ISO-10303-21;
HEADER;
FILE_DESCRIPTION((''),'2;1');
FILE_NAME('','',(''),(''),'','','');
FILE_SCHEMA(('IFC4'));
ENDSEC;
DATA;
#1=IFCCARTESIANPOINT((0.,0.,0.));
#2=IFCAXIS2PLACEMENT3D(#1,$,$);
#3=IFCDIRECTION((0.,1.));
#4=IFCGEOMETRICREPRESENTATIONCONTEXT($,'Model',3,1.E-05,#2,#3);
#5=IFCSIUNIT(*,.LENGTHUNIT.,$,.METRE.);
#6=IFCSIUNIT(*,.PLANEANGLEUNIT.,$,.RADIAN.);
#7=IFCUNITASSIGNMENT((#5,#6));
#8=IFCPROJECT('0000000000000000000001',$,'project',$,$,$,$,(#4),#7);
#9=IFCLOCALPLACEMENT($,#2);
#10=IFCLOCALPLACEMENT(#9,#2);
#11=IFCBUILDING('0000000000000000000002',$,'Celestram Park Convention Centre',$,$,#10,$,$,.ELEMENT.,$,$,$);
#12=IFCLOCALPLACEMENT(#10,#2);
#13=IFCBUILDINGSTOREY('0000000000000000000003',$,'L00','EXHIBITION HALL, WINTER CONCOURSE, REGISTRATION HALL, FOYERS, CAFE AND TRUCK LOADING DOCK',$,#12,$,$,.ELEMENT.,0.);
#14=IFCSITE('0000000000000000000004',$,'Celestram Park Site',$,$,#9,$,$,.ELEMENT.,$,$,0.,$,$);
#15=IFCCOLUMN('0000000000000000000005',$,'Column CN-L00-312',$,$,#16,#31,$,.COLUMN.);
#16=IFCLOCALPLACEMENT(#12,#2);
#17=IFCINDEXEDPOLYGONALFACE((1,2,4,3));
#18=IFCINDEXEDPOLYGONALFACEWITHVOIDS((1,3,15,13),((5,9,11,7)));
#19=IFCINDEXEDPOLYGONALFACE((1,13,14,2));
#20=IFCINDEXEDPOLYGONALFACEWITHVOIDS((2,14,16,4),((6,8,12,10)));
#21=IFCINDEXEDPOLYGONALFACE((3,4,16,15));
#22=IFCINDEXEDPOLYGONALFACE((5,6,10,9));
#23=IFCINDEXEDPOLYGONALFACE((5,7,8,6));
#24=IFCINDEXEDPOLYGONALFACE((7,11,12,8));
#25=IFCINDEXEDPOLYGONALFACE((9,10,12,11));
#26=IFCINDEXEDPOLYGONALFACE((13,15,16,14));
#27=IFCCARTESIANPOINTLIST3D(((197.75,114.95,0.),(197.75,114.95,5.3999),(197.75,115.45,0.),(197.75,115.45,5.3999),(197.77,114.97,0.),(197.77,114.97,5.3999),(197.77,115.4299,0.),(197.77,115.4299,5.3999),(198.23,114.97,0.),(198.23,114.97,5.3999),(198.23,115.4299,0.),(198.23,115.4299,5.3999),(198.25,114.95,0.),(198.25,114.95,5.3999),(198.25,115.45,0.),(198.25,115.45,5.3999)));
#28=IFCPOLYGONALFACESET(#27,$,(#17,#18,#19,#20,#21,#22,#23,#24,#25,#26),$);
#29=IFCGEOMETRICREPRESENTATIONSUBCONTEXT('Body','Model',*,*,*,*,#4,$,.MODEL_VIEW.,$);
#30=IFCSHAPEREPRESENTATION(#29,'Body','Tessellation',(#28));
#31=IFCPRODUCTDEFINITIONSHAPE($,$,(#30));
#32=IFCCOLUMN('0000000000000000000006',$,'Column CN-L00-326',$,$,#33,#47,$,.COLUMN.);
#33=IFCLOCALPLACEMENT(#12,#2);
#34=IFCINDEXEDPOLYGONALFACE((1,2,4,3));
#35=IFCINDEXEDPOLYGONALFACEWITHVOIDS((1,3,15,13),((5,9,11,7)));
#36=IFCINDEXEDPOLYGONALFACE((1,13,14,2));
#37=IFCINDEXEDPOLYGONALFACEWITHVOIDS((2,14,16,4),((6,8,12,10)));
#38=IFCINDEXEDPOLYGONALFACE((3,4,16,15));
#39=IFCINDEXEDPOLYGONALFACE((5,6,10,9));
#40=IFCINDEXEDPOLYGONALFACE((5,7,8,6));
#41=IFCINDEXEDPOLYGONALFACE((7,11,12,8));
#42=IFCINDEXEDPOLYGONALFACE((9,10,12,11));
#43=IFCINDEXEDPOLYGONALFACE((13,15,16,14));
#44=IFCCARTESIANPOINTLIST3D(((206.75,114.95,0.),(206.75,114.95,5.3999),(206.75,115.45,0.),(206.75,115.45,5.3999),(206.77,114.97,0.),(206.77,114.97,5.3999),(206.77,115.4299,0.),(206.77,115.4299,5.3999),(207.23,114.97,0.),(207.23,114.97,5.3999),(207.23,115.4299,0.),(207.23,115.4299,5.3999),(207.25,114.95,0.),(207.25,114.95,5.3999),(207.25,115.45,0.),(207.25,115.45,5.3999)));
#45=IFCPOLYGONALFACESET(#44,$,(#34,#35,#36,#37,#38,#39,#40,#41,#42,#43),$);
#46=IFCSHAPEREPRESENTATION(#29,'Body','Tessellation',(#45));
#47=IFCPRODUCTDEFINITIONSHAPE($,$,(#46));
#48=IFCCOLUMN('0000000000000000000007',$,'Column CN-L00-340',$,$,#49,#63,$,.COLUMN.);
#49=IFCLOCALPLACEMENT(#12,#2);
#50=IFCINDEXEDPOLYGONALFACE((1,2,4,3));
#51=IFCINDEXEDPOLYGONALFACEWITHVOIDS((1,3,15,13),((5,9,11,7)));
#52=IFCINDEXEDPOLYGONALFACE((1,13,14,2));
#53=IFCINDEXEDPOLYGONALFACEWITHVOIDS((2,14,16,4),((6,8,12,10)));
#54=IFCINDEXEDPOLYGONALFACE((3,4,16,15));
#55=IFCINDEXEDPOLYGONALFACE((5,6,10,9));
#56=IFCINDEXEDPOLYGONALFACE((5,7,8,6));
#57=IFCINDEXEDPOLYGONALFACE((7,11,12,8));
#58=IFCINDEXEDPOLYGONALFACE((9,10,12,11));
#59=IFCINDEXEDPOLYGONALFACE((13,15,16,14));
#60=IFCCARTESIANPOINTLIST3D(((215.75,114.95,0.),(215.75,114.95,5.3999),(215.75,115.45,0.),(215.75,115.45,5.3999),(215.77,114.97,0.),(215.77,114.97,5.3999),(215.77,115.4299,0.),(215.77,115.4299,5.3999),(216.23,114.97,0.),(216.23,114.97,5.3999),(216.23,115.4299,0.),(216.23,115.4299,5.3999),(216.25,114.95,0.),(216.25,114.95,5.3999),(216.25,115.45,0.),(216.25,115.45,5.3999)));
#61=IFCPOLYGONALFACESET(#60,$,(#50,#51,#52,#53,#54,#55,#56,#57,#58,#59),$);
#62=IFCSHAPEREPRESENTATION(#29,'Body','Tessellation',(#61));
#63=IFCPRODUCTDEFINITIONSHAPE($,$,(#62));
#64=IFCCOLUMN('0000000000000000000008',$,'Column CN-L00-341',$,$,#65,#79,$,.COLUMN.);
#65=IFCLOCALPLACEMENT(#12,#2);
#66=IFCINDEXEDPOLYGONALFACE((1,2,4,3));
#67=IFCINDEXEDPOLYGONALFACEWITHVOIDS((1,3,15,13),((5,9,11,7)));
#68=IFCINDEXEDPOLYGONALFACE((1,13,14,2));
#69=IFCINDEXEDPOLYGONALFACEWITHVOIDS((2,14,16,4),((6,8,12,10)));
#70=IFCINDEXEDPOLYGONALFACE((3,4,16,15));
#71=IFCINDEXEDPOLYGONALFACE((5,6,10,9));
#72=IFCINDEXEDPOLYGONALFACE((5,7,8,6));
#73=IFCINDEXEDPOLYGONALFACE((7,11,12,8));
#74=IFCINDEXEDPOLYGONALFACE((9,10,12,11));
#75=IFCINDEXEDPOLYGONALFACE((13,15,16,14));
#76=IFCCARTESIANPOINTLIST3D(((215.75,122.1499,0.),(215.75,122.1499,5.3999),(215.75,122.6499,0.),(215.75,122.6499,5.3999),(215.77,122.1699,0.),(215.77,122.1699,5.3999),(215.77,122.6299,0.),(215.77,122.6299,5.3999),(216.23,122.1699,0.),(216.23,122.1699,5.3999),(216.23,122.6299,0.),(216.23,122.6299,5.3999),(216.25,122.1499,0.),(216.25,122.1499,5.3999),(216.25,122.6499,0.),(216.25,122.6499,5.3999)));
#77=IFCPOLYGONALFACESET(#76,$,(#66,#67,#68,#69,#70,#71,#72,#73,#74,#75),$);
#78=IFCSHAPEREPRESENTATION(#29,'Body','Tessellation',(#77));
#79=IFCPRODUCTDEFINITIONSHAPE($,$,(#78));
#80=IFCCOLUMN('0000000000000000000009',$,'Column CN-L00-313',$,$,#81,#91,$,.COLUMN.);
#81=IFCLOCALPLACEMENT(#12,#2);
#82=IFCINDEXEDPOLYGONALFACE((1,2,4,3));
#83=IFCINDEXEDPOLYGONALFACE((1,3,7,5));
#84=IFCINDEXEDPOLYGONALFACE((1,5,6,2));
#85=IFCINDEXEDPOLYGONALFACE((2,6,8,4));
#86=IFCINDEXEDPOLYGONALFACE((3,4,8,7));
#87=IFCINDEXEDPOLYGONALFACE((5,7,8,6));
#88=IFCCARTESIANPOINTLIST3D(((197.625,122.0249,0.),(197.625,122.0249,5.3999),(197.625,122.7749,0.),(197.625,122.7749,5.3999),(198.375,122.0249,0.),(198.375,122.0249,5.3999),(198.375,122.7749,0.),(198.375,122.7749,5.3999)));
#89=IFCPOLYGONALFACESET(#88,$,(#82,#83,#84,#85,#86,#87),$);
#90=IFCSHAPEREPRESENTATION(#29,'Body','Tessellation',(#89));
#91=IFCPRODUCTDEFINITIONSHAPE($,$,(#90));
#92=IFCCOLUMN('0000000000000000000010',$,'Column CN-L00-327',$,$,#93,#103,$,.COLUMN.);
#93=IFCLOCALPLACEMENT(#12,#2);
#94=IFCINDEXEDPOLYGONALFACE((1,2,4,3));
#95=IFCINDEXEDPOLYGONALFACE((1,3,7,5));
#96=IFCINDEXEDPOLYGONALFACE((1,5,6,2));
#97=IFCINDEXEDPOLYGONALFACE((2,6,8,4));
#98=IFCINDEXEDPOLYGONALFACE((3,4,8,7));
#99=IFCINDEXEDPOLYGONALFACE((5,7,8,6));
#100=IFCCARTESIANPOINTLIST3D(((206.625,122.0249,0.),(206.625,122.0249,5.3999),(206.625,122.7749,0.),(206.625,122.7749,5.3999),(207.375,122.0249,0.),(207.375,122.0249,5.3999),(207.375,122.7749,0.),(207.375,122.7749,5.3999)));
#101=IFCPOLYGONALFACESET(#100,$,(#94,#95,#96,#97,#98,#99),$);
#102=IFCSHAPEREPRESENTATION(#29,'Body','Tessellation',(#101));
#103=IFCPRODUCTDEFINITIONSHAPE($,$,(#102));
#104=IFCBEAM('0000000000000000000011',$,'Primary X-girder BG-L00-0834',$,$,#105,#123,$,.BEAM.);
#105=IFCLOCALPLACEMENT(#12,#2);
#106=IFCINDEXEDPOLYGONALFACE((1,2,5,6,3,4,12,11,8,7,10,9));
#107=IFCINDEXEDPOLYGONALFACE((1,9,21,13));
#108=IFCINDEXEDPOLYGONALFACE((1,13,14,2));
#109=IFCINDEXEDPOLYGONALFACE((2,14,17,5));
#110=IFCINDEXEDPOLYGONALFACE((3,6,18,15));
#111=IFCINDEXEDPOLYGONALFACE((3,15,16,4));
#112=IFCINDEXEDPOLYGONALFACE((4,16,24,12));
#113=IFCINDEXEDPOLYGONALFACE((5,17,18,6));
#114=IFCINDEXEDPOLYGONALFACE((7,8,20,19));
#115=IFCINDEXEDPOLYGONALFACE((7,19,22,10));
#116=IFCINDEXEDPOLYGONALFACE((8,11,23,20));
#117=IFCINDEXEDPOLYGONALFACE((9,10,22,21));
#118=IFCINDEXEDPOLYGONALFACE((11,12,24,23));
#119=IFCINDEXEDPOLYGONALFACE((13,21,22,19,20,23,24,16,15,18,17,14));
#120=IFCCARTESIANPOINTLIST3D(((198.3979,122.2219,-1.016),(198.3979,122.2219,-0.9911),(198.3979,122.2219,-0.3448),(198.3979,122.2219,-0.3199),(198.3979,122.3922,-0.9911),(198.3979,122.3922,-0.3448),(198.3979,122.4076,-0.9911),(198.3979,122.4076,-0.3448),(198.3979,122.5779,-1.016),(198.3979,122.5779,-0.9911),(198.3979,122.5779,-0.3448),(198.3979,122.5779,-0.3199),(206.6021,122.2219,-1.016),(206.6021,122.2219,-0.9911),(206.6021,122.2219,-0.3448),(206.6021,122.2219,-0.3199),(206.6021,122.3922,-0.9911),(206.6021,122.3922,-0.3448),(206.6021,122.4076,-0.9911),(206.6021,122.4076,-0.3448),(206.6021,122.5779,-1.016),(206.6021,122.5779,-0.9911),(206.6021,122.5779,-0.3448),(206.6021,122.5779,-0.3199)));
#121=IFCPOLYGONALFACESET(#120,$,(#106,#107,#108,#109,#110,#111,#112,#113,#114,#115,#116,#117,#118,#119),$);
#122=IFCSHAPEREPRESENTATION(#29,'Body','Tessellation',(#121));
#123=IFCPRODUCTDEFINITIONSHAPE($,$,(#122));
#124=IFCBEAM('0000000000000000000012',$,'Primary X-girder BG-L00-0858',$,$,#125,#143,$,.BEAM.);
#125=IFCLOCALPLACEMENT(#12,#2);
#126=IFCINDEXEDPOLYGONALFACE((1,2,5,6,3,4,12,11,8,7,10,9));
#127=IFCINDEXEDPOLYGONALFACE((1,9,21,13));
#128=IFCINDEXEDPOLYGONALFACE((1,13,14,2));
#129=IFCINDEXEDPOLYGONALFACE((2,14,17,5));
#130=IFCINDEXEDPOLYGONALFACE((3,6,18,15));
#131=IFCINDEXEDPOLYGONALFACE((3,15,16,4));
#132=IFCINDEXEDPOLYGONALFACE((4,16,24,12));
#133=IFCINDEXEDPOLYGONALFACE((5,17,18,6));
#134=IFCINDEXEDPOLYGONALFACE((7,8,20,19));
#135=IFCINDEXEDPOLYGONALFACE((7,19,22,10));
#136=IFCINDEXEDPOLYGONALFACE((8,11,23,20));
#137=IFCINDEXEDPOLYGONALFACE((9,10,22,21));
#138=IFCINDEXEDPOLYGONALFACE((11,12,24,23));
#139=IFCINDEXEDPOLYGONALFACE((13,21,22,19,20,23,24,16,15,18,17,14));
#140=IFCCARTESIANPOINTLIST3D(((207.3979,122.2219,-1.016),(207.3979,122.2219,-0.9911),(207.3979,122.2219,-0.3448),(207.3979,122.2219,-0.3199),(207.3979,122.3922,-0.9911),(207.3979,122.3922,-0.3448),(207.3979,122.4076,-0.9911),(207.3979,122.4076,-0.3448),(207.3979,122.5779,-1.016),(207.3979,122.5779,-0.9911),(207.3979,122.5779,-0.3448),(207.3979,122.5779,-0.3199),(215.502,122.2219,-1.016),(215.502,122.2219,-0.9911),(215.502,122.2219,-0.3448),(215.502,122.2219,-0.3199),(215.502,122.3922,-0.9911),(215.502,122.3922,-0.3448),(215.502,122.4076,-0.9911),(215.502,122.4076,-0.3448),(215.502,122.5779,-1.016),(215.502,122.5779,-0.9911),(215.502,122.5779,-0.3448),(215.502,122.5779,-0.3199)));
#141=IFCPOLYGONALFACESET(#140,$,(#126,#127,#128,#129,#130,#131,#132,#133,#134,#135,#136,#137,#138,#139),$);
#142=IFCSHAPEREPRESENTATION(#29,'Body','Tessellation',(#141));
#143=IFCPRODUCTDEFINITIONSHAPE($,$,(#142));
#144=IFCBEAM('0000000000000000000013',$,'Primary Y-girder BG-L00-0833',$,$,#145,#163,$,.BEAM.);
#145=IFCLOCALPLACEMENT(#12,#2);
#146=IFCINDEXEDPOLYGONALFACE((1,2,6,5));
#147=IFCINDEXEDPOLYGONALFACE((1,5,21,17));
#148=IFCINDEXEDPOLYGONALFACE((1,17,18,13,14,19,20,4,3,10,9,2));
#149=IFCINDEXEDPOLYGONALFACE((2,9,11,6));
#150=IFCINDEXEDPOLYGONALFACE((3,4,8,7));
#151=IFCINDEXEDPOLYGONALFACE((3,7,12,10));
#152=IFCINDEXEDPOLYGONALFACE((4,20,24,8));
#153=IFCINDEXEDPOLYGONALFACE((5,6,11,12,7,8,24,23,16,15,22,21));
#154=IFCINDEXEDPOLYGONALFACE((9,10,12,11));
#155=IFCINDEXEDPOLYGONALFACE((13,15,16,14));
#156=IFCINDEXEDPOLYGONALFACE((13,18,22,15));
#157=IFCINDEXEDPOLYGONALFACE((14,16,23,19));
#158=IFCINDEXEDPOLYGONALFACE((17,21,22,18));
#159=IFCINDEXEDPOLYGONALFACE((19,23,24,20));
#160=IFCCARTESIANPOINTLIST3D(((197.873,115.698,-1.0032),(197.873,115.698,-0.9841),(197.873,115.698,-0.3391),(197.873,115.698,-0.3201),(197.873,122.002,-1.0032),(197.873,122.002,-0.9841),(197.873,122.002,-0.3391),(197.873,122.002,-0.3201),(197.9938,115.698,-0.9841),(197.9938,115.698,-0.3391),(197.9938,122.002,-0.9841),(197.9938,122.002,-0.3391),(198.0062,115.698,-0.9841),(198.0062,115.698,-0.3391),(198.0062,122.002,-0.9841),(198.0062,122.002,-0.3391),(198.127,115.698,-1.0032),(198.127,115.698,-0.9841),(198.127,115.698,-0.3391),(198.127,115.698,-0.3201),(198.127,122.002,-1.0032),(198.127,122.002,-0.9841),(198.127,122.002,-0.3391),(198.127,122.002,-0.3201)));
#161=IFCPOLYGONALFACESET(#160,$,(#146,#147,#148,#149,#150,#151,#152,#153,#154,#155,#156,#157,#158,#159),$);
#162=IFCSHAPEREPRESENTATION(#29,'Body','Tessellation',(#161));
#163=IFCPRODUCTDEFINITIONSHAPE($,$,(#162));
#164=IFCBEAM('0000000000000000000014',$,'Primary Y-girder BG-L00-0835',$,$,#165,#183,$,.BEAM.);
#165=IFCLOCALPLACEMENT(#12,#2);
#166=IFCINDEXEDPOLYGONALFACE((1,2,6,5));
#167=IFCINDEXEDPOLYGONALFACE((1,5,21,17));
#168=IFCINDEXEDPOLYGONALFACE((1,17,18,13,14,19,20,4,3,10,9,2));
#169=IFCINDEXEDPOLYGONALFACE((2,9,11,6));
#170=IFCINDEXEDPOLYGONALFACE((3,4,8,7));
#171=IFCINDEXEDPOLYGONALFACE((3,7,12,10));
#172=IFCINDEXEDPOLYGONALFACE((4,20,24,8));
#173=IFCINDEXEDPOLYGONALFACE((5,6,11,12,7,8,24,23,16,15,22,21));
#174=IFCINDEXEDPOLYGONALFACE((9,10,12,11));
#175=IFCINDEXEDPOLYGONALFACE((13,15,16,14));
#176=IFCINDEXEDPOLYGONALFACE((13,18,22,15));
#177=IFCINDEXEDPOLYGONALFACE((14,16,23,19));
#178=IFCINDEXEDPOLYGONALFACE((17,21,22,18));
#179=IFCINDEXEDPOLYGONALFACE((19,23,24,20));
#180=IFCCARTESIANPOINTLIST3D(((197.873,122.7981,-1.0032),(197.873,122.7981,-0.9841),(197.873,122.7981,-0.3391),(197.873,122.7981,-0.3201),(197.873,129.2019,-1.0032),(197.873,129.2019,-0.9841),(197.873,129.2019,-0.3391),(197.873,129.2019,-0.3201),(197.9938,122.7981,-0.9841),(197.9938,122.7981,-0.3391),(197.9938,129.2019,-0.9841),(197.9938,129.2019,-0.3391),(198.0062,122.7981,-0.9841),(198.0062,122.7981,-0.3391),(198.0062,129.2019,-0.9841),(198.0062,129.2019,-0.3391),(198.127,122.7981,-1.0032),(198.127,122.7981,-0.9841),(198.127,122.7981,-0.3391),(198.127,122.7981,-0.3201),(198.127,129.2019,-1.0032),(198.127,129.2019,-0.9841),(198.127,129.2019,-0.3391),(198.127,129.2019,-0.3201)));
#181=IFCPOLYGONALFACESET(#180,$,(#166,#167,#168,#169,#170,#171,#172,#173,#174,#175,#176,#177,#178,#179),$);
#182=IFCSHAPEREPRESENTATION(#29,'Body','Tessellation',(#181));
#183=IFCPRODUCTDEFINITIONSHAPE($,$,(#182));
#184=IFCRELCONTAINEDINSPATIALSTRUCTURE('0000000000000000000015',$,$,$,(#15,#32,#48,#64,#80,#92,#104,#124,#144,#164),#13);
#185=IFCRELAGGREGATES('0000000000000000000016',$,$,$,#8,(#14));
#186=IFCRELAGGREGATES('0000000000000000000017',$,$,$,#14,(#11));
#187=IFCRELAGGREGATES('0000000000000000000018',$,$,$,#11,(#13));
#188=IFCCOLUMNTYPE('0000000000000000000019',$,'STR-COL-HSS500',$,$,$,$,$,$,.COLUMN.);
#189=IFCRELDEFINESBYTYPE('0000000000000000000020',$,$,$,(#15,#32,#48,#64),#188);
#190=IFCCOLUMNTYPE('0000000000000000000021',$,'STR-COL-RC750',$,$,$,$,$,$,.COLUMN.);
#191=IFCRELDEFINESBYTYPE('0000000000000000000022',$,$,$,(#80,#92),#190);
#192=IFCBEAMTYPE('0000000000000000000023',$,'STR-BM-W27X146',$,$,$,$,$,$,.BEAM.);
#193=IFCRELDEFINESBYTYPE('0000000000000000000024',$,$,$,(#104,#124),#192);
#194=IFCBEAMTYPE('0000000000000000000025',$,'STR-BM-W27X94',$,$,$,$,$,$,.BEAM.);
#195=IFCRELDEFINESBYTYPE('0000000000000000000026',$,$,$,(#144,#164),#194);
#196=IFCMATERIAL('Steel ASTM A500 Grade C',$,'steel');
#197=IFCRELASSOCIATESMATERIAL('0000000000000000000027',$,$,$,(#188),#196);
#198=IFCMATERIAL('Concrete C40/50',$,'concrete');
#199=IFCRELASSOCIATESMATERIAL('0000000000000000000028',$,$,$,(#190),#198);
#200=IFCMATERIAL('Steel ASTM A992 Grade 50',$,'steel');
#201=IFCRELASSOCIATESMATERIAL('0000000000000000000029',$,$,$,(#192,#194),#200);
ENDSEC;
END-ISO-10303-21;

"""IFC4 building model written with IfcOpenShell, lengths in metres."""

from ifc_helpers import new_model, si_unit, direction, frame, origin, origin_2d, place, context, subcontext, project, spatial, rectangle, hollow_rectangle, i_section, extrude, material, material_profile, profile_set, type_object, element, save


model = new_model("IFC4")

# Units and contexts
model_context = context("Model", 3, precision=1e-05, world=origin(), true_north=direction((0.0, 1.0)))
body_context = subcontext(model_context, "Body", "Model", "MODEL_VIEW")
ifc_project = project(units=[si_unit("LENGTHUNIT", "METRE"), si_unit("PLANEANGLEUNIT", "RADIAN")], contexts=[model_context])

# Site, building, storey
site_placement = place(None, origin())
site = spatial("IfcSite", under=ifc_project, at=site_placement, Name="Celestram Park Site", CompositionType="ELEMENT", RefElevation=0.0)
building_placement = place(site_placement, origin())
building = spatial("IfcBuilding", under=site, at=building_placement, Name="Celestram Park Convention Centre", CompositionType="ELEMENT")
storey_placement = place(building_placement, origin())
storey = spatial("IfcBuildingStorey", under=building, at=storey_placement, Name="L00", Description="EXHIBITION HALL, WINTER CONCOURSE, REGISTRATION HALL, FOYERS, CAFE AND TRUCK LOADING DOCK", CompositionType="ELEMENT", Elevation=0.0)

# Columns
ifc_material_1 = material(Name="Steel ASTM A500 Grade C", Category="steel")
ifc_material_profile_1 = material_profile(ifc_material_1, hollow_rectangle(XDim=0.5, YDim=0.5, WallThickness=0.02, at=origin_2d()), Name="HSS500X500X20")
ifc_profile_set_1 = profile_set([ifc_material_profile_1], Name="Steel ASTM A500 Grade C")
column_type_1 = type_object("IfcColumnType", Name="STR-COL-HSS500", PredefinedType="COLUMN", material=ifc_profile_set_1)
for number, where, z_axis, x_axis, name in (
    (1, (198.0, 115.2, 0.0), (0.0, 0.0, 1.0), (1.0, 0.0, 0.0), "Column CN-L00-312"),
    (2, (207.0, 115.2, 0.0), (0.0, 0.0, 1.0), (1.0, 0.0, 0.0), "Column CN-L00-326"),
    (3, (216.0, 115.2, 0.0), (0.0, 0.0, 1.0), (1.0, 0.0, 0.0), "Column CN-L00-340"),
    (4, (216.0, 122.3999, 0.0), (0.0, 0.0, 1.0), (1.0, 0.0, 0.0), "Column CN-L00-341"),
):
    element("IfcColumn", number, at=place(storey_placement, frame(where, z_axis=z_axis, x_axis=x_axis)), inside=storey, type_object=column_type_1, Name=name, PredefinedType="COLUMN", context=body_context, shape_type="SweptSolid", body=[
        extrude(hollow_rectangle(XDim=0.5, YDim=0.5, WallThickness=0.02, at=origin_2d()), origin(), (0.0, 0.0, 1.0), 5.3999),
    ])
ifc_material_2 = material(Name="Concrete C40/50", Category="concrete")
ifc_material_profile_2 = material_profile(ifc_material_2, rectangle(XDim=0.75, YDim=0.75, at=origin_2d()), Name="RC750X750")
ifc_profile_set_2 = profile_set([ifc_material_profile_2], Name="Concrete C40/50")
column_type_2 = type_object("IfcColumnType", Name="STR-COL-RC750", PredefinedType="COLUMN", material=ifc_profile_set_2)
for number, where, z_axis, x_axis, name in (
    (5, (198.0, 122.3999, 0.0), (0.0, 0.0, 1.0), (1.0, 0.0, 0.0), "Column CN-L00-313"),
    (6, (207.0, 122.3999, 0.0), (0.0, 0.0, 1.0), (1.0, 0.0, 0.0), "Column CN-L00-327"),
):
    element("IfcColumn", number, at=place(storey_placement, frame(where, z_axis=z_axis, x_axis=x_axis)), inside=storey, type_object=column_type_2, Name=name, PredefinedType="COLUMN", context=body_context, shape_type="SweptSolid", body=[
        extrude(rectangle(XDim=0.75, YDim=0.75, at=origin_2d()), origin(), (0.0, 0.0, 1.0), 5.3999),
    ])

# Beams
ifc_material_3 = material(Name="Steel ASTM A992 Grade 50", Category="steel")
ifc_material_profile_3 = material_profile(ifc_material_3, i_section(OverallWidth=0.356, OverallDepth=0.696, WebThickness=0.0154, FlangeThickness=0.0249, at=origin_2d()), Name="W27X146")
ifc_profile_set_3 = profile_set([ifc_material_profile_3], Name="Steel ASTM A992 Grade 50")
beam_type_1 = type_object("IfcBeamType", Name="STR-BM-W27X146", PredefinedType="BEAM", material=ifc_profile_set_3)
beam_1_placement = place(storey_placement, frame((198.3979, 122.3999, -0.668), z_axis=(1.0, 0.0, 0.0), x_axis=(0.0, 1.0, 0.0)))
element("IfcBeam", 7, at=beam_1_placement, inside=storey, type_object=beam_type_1, Name="Primary X-girder BG-L00-0834", PredefinedType="BEAM", context=body_context, shape_type="SweptSolid", body=[
    extrude(i_section(OverallWidth=0.356, OverallDepth=0.696, WebThickness=0.0154, FlangeThickness=0.0249, at=origin_2d()), origin(), (0.0, 0.0, 1.0), 8.2041),
])
beam_2_placement = place(storey_placement, frame((207.3979, 122.3999, -0.668), z_axis=(1.0, 0.0, 0.0), x_axis=(0.0, 1.0, 0.0)))
element("IfcBeam", 8, at=beam_2_placement, inside=storey, type_object=beam_type_1, Name="Primary X-girder BG-L00-0858", PredefinedType="BEAM", context=body_context, shape_type="SweptSolid", body=[
    extrude(i_section(OverallWidth=0.356, OverallDepth=0.696, WebThickness=0.0154, FlangeThickness=0.0249, at=origin_2d()), origin(), (0.0, 0.0, 1.0), 8.104),
])
ifc_material_profile_4 = material_profile(ifc_material_3, i_section(OverallWidth=0.2539, OverallDepth=0.6831, WebThickness=0.0125, FlangeThickness=0.019, at=origin_2d()), Name="W27X94")
ifc_profile_set_4 = profile_set([ifc_material_profile_4], Name="Steel ASTM A992 Grade 50")
beam_type_2 = type_object("IfcBeamType", Name="STR-BM-W27X94", PredefinedType="BEAM", material=ifc_profile_set_4)
beam_3_placement = place(storey_placement, frame((198.0, 115.698, -0.6616), z_axis=(0.0, 1.0, 0.0), x_axis=(-1.0, 0.0, 0.0)))
element("IfcBeam", 9, at=beam_3_placement, inside=storey, type_object=beam_type_2, Name="Primary Y-girder BG-L00-0833", PredefinedType="BEAM", context=body_context, shape_type="SweptSolid", body=[
    extrude(i_section(OverallWidth=0.2539, OverallDepth=0.6831, WebThickness=0.0125, FlangeThickness=0.019, at=origin_2d()), origin(), (0.0, 0.0, 1.0), 6.304),
])
beam_4_placement = place(storey_placement, frame((198.0, 122.7981, -0.6616), z_axis=(0.0, 1.0, 0.0), x_axis=(-1.0, 0.0, 0.0)))
element("IfcBeam", 10, at=beam_4_placement, inside=storey, type_object=beam_type_2, Name="Primary Y-girder BG-L00-0835", PredefinedType="BEAM", context=body_context, shape_type="SweptSolid", body=[
    extrude(i_section(OverallWidth=0.2539, OverallDepth=0.6831, WebThickness=0.0125, FlangeThickness=0.019, at=origin_2d()), origin(), (0.0, 0.0, 1.0), 6.4038),
])

save(model, "model.ifc")
